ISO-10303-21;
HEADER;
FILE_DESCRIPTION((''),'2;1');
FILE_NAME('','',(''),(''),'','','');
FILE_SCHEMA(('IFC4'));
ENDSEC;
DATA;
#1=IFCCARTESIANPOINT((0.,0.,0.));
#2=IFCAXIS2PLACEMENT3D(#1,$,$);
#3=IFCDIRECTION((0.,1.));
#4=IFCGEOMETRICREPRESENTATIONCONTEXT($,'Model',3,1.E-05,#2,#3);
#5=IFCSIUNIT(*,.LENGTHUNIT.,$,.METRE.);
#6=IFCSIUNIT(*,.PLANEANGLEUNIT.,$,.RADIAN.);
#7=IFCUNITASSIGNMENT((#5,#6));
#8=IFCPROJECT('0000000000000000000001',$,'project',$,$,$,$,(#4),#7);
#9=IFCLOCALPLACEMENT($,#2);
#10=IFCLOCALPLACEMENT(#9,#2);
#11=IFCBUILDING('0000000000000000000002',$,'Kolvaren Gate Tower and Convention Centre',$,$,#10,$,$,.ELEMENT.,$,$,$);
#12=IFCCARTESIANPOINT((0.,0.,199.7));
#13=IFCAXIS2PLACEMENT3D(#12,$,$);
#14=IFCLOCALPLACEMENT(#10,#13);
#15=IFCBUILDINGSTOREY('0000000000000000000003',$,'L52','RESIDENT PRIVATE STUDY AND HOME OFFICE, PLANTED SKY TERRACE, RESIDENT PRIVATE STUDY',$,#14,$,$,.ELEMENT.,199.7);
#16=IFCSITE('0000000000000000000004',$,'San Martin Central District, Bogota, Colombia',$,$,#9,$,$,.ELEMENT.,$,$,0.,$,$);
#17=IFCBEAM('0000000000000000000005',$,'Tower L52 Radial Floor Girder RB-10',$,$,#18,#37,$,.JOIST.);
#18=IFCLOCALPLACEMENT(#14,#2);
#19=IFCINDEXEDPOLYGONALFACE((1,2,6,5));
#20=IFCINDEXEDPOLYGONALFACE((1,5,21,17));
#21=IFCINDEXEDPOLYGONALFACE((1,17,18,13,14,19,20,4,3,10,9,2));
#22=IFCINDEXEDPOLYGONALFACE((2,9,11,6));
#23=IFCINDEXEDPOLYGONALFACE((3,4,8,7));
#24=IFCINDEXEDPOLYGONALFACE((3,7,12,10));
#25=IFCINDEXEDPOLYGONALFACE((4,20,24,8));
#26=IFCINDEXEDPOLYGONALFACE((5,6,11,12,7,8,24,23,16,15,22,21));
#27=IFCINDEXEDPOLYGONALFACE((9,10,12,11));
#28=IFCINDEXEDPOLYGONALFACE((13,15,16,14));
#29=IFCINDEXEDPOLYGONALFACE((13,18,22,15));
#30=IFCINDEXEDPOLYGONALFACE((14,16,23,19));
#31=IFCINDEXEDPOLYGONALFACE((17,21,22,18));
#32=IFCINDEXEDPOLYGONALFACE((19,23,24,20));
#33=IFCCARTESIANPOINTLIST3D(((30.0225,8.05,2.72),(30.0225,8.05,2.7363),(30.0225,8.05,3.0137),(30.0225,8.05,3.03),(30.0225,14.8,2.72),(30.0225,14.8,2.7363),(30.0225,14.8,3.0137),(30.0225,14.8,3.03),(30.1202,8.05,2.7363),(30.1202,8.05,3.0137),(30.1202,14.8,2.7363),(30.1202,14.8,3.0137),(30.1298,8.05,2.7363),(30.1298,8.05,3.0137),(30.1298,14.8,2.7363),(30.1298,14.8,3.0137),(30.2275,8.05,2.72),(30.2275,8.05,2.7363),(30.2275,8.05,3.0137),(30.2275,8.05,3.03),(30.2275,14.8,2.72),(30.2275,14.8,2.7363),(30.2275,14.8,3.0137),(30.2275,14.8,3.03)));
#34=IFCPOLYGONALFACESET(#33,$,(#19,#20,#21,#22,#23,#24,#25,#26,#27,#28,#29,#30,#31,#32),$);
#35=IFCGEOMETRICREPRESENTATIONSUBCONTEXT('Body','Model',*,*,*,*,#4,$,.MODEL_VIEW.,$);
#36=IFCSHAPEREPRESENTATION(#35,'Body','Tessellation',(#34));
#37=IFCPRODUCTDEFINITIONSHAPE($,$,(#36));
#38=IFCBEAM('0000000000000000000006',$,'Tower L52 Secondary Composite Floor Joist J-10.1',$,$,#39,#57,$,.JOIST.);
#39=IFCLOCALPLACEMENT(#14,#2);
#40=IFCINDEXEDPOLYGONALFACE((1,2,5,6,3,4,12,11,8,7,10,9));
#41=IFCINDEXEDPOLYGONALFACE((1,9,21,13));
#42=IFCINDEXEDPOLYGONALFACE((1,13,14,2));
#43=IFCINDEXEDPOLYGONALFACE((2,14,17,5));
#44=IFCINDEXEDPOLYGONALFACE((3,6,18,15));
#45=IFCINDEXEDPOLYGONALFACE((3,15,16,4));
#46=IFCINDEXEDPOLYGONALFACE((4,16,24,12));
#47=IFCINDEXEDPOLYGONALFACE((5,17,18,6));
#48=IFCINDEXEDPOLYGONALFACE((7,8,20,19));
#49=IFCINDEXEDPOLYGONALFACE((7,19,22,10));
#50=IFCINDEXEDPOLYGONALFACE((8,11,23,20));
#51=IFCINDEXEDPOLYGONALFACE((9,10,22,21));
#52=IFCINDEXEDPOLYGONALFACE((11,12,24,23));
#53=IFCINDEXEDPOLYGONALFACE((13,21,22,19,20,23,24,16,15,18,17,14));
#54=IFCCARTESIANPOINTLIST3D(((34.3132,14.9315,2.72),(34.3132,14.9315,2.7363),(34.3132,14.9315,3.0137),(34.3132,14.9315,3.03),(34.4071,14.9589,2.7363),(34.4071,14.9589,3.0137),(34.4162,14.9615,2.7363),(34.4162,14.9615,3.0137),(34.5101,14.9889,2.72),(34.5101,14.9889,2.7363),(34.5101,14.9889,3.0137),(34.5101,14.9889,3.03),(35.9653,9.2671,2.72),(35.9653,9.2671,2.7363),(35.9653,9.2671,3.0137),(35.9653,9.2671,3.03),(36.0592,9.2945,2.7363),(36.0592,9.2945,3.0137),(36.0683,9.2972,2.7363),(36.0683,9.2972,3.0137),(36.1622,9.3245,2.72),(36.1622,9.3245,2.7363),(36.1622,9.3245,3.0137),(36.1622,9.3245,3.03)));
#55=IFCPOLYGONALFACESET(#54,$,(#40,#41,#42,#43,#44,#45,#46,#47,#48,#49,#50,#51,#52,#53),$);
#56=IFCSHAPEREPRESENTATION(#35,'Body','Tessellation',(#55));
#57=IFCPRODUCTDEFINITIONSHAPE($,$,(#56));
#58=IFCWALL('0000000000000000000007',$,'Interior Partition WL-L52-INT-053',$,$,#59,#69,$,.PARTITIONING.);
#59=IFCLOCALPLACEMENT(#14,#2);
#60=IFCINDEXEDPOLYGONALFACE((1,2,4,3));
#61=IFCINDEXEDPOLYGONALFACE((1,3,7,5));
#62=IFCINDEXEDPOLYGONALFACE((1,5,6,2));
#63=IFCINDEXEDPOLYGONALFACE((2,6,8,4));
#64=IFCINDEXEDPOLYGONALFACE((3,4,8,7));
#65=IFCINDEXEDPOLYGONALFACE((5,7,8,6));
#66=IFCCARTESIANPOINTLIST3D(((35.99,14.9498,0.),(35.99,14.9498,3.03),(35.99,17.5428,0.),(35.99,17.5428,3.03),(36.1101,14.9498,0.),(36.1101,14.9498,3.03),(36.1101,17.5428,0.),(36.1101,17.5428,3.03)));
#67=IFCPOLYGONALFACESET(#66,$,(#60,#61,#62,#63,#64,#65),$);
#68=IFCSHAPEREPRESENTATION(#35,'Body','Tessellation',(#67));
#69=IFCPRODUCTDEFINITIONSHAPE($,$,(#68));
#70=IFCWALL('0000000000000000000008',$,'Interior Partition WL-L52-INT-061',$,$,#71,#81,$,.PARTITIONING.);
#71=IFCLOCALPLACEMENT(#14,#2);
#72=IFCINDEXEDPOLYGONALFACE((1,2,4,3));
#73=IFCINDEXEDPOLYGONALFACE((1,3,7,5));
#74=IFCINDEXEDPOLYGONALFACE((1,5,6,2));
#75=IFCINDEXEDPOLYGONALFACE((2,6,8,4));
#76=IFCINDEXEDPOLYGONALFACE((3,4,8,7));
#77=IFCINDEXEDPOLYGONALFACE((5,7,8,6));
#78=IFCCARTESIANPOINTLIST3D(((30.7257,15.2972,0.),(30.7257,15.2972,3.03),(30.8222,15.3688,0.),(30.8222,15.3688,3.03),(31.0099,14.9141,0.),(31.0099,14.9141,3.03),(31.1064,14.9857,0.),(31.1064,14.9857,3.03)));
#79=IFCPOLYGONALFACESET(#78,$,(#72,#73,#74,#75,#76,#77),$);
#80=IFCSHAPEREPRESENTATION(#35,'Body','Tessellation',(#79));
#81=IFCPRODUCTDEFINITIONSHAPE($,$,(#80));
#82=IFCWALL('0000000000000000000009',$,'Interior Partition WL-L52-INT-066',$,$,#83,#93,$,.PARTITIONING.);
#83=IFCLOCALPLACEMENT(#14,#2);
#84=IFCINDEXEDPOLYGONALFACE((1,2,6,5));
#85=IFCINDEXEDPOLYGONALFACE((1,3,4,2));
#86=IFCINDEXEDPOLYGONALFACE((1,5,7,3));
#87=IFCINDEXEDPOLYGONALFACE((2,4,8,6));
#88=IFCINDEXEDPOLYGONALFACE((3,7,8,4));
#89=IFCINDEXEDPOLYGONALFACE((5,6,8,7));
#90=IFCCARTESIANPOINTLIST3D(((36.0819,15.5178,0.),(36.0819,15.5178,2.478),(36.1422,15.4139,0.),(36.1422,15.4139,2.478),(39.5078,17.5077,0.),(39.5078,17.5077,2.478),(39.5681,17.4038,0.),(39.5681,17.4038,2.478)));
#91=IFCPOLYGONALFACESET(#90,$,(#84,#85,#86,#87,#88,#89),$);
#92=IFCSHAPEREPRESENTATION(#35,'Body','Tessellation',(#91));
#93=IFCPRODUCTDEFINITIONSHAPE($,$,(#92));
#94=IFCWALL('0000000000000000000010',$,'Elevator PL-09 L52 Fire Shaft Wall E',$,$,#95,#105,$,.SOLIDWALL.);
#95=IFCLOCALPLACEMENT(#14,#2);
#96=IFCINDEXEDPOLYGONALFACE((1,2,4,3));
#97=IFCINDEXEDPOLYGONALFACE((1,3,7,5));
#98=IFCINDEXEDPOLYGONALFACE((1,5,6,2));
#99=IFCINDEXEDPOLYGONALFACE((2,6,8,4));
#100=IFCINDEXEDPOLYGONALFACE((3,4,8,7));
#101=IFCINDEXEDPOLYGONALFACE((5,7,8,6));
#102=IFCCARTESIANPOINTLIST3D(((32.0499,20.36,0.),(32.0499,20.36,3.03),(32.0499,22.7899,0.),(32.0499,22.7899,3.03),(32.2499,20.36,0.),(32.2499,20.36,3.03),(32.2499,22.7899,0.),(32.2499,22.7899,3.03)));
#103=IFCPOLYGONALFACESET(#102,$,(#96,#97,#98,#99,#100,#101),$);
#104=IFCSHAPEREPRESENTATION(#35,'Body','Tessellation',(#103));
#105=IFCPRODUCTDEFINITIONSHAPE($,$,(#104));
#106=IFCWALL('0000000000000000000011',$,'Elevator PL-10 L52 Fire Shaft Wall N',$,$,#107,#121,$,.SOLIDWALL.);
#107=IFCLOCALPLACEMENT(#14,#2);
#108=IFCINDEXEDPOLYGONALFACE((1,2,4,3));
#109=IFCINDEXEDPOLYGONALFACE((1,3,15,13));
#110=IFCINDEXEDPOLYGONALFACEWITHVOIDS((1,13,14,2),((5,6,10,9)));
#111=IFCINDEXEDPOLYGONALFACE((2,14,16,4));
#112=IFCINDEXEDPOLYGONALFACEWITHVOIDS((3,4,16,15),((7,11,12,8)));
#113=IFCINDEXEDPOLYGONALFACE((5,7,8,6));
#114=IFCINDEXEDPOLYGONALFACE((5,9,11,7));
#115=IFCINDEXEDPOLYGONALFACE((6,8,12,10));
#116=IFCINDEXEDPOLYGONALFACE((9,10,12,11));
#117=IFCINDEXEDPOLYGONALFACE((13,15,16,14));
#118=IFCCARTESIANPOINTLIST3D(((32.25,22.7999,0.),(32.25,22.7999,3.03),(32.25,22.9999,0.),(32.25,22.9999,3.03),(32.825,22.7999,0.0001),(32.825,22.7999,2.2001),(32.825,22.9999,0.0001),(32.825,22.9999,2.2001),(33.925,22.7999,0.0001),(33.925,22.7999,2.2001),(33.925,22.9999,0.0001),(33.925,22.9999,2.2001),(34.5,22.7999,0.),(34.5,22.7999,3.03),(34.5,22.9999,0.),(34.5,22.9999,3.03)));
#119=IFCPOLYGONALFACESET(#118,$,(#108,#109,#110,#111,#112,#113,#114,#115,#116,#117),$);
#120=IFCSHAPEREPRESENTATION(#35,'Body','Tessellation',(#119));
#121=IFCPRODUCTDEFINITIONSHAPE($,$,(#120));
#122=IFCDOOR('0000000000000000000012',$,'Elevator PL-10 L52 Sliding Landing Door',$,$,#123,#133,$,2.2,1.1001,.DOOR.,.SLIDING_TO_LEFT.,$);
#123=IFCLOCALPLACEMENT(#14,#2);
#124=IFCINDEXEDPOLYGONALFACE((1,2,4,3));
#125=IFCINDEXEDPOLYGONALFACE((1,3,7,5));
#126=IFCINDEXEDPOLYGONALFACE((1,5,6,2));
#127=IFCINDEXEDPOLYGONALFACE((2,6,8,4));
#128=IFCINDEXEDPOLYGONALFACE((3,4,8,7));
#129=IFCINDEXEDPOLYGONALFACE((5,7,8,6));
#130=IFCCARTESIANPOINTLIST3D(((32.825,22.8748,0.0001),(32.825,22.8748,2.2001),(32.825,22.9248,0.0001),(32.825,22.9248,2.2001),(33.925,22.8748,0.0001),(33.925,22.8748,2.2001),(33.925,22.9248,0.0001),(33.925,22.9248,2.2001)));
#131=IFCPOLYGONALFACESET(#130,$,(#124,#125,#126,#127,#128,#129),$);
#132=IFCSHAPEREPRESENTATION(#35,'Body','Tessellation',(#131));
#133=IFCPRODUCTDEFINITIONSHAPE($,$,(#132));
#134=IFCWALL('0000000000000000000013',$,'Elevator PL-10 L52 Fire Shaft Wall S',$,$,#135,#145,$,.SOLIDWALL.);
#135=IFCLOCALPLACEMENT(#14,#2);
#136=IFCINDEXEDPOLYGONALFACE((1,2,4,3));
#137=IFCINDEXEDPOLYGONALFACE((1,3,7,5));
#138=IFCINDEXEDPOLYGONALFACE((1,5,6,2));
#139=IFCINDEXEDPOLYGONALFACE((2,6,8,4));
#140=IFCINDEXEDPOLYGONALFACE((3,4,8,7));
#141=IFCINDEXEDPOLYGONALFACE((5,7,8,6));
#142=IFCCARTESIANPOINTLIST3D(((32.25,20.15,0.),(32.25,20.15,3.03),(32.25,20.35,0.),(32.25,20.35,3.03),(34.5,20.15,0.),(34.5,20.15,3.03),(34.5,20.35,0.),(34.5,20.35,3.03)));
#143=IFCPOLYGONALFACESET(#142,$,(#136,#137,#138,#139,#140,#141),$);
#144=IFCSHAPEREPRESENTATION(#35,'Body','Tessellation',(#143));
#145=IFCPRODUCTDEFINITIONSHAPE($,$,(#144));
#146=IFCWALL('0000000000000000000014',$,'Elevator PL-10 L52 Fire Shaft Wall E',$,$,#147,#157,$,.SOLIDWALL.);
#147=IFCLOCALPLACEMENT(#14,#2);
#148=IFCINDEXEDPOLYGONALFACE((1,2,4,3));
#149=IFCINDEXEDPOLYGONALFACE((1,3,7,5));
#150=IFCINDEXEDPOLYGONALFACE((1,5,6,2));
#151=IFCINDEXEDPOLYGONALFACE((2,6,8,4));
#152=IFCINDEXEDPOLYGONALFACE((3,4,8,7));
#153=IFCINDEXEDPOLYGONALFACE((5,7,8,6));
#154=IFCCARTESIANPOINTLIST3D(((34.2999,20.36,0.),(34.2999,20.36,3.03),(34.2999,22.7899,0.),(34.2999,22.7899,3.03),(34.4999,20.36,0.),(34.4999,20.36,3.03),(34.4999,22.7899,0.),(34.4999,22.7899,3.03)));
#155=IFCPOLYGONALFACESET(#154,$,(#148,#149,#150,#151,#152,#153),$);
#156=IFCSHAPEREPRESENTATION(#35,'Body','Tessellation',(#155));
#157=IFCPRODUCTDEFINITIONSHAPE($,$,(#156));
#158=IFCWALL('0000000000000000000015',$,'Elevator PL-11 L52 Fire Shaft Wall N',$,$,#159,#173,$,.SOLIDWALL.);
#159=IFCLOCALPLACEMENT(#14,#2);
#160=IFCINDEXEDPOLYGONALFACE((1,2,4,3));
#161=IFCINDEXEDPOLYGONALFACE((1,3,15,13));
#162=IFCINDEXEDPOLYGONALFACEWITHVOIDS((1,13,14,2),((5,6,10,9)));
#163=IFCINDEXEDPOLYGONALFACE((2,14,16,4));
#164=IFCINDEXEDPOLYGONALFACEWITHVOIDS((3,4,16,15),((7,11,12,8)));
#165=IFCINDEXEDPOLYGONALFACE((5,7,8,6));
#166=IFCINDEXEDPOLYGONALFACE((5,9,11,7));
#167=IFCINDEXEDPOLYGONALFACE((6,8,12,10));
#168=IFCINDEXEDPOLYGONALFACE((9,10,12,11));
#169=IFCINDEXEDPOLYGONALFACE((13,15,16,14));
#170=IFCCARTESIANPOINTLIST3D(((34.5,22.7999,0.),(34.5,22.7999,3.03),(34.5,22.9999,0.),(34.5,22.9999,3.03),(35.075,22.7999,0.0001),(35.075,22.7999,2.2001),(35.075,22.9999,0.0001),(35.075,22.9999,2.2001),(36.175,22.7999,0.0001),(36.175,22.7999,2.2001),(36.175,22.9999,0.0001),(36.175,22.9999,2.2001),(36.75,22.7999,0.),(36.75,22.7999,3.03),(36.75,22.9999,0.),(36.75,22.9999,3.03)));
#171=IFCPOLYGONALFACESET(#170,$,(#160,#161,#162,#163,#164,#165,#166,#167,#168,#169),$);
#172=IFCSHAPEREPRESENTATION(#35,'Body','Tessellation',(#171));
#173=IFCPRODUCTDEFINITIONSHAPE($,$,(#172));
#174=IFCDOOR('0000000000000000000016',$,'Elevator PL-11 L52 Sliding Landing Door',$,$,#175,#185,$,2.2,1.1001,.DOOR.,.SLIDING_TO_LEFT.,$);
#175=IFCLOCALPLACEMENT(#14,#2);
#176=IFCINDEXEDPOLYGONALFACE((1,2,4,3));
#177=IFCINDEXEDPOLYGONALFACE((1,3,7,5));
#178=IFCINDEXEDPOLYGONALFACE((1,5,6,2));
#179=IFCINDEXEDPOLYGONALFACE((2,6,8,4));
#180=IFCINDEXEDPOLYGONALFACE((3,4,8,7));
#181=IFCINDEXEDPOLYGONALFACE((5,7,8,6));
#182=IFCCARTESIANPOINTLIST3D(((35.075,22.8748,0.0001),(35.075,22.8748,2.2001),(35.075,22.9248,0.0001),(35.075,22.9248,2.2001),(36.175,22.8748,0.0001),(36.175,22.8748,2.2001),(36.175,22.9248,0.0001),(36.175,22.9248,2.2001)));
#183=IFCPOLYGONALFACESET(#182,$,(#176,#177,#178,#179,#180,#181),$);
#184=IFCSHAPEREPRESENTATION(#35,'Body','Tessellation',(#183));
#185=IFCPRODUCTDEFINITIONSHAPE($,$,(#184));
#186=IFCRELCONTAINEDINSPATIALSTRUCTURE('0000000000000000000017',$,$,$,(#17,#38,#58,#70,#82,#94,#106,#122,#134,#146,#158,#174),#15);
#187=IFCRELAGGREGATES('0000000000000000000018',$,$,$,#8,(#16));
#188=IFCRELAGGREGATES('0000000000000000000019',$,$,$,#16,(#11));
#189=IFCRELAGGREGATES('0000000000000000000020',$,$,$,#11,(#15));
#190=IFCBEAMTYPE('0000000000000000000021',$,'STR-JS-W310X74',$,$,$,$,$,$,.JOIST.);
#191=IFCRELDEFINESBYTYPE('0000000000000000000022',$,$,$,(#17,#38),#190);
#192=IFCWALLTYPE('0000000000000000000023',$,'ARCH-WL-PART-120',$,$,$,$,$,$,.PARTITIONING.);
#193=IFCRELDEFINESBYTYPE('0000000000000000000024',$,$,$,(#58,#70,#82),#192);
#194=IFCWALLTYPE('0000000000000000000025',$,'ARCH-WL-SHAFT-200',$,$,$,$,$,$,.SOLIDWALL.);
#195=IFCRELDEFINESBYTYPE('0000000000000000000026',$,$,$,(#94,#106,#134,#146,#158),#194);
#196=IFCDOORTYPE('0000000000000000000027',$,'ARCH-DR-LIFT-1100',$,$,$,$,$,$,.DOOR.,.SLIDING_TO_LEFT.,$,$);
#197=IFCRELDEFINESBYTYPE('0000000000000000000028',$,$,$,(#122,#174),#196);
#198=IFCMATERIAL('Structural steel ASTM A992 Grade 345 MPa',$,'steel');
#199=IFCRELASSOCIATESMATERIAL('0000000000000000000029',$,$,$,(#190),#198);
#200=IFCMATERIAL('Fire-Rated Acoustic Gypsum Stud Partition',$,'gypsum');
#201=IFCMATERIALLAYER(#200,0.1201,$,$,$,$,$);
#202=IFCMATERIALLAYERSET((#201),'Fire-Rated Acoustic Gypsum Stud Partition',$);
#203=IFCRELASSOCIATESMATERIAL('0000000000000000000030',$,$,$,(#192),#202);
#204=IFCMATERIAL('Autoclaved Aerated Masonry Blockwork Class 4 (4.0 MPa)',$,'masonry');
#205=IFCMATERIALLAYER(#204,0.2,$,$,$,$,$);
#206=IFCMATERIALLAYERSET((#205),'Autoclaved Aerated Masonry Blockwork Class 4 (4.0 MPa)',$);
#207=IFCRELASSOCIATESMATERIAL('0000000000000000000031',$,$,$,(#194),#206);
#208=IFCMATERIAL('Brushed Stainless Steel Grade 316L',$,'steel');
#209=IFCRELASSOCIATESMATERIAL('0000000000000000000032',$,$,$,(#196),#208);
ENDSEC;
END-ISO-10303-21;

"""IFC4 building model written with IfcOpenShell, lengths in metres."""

from ifc_helpers import new_model, si_unit, direction, frame, frame_2d, origin, origin_2d, place, context, subcontext, project, spatial, rectangle, i_section, extrude, material, layer, layer_set, material_profile, profile_set, type_object, element, fill, save


model = new_model("IFC4")

# Units and contexts
model_context = context("Model", 3, precision=1e-05, world=origin(), true_north=direction((0.0, 1.0)))
body_context = subcontext(model_context, "Body", "Model", "MODEL_VIEW")
ifc_project = project(units=[si_unit("LENGTHUNIT", "METRE"), si_unit("PLANEANGLEUNIT", "RADIAN")], contexts=[model_context])

# Site, building, storey
site_placement = place(None, origin())
site = spatial("IfcSite", under=ifc_project, at=site_placement, Name="San Martin Central District, Bogota, Colombia", CompositionType="ELEMENT", RefElevation=0.0)
building_placement = place(site_placement, origin())
building = spatial("IfcBuilding", under=site, at=building_placement, Name="Kolvaren Gate Tower and Convention Centre", CompositionType="ELEMENT")
storey_placement = place(building_placement, frame((0.0, 0.0, 199.7)))
storey = spatial("IfcBuildingStorey", under=building, at=storey_placement, Name="L52", Description="RESIDENT PRIVATE STUDY AND HOME OFFICE, PLANTED SKY TERRACE, RESIDENT PRIVATE STUDY", CompositionType="ELEMENT", Elevation=199.7)

# Beams
ifc_material_1 = material(Name="Structural steel ASTM A992 Grade 345 MPa", Category="steel")
ifc_material_profile = material_profile(ifc_material_1, i_section(OverallWidth=0.2051, OverallDepth=0.3101, WebThickness=0.0095, FlangeThickness=0.0164, at=origin_2d()), Name="W310X74")
ifc_profile_set = profile_set([ifc_material_profile], Name="Structural steel ASTM A992 Grade 345 MPa")
beam_type = type_object("IfcBeamType", Name="STR-JS-W310X74", PredefinedType="JOIST", material=ifc_profile_set)
beam_1_placement = place(storey_placement, frame((30.125, 14.8, 2.875), z_axis=(0.0, -1.0, 0.0), x_axis=(1.0, 0.0, 0.0)))
element("IfcBeam", 1, at=beam_1_placement, inside=storey, type_object=beam_type, Name="Tower L52 Radial Floor Girder RB-10", PredefinedType="JOIST", context=body_context, shape_type="SweptSolid", body=[
    extrude(i_section(OverallWidth=0.2051, OverallDepth=0.3101, WebThickness=0.0095, FlangeThickness=0.0164, at=origin_2d()), origin(), (0.0, 0.0, 1.0), 6.75),
])
beam_2_placement = place(storey_placement, frame((34.4116, 14.9602, 2.875), z_axis=(0.280002, -0.96, 0.0), x_axis=(0.96, 0.280002, 0.0)))
element("IfcBeam", 2, at=beam_2_placement, inside=storey, type_object=beam_type, Name="Tower L52 Secondary Composite Floor Joist J-10.1", PredefinedType="JOIST", context=body_context, shape_type="SweptSolid", body=[
    extrude(i_section(OverallWidth=0.2051, OverallDepth=0.3101, WebThickness=0.0095, FlangeThickness=0.0164, at=origin_2d()), origin(), (0.0, 0.0, 1.0), 5.9004),
])

# Walls
ifc_material_2 = material(Name="Fire-Rated Acoustic Gypsum Stud Partition", Category="gypsum")
ifc_layer_1 = layer(ifc_material_2, 0.1201)
ifc_layer_set_1 = layer_set([ifc_layer_1], Name="Fire-Rated Acoustic Gypsum Stud Partition")
wall_type_1 = type_object("IfcWallType", Name="ARCH-WL-PART-120", PredefinedType="PARTITIONING", material=ifc_layer_set_1)
wall_1_placement = place(storey_placement, frame((36.05, 14.95, 0.0), z_axis=(0.0, 0.0, 1.0), x_axis=(0.0, 1.0, 0.0)))
element("IfcWall", 3, at=wall_1_placement, inside=storey, type_object=wall_type_1, Name="Interior Partition WL-L52-INT-053", PredefinedType="PARTITIONING", context=body_context, shape_type="SweptSolid", body=[
    extrude(rectangle(XDim=2.593, YDim=0.1201, at=frame_2d((1.2964, 0.0))), origin(), (0.0, 0.0, 1.0), 3.03),
])
wall_2_placement = place(storey_placement, frame((30.7739, 15.333, 0.0), z_axis=(0.0, 0.0, 1.0), x_axis=(0.595815, -0.803122, 0.0)))
element("IfcWall", 4, at=wall_2_placement, inside=storey, type_object=wall_type_1, Name="Interior Partition WL-L52-INT-061", PredefinedType="PARTITIONING", context=body_context, shape_type="SweptSolid", body=[
    extrude(rectangle(XDim=0.4771, YDim=0.1201, at=frame_2d((0.2385, 0.0))), origin(), (0.0, 0.0, 1.0), 3.03),
])
wall_3_placement = place(storey_placement, frame((36.1121, 15.4658, 0.0), z_axis=(0.0, 0.0, 1.0), x_axis=(0.864714, 0.502265, 0.0)))
element("IfcWall", 5, at=wall_3_placement, inside=storey, type_object=wall_type_1, Name="Interior Partition WL-L52-INT-066", PredefinedType="PARTITIONING", context=body_context, shape_type="SweptSolid", body=[
    extrude(rectangle(XDim=3.9619, YDim=0.1201, at=frame_2d((1.981, 0.0))), origin(), (0.0, 0.0, 1.0), 2.478),
])
ifc_material_3 = material(Name="Autoclaved Aerated Masonry Blockwork Class 4 (4.0 MPa)", Category="masonry")
ifc_layer_2 = layer(ifc_material_3, 0.2)
ifc_layer_set_2 = layer_set([ifc_layer_2], Name="Autoclaved Aerated Masonry Blockwork Class 4 (4.0 MPa)")
wall_type_2 = type_object("IfcWallType", Name="ARCH-WL-SHAFT-200", PredefinedType="SOLIDWALL", material=ifc_layer_set_2)
wall_4_placement = place(storey_placement, frame((32.1499, 20.3601, 0.0), z_axis=(0.0, 0.0, 1.0), x_axis=(0.0, 1.0, 0.0)))
element("IfcWall", 6, at=wall_4_placement, inside=storey, type_object=wall_type_2, Name="Elevator PL-09 L52 Fire Shaft Wall E", PredefinedType="SOLIDWALL", context=body_context, shape_type="SweptSolid", body=[
    extrude(rectangle(XDim=2.4299, YDim=0.2, at=frame_2d((1.2148, 0.0))), origin(), (0.0, 0.0, 1.0), 3.03),
])

# Wall, opening, door
wall_5_placement = place(storey_placement, frame((32.25, 22.8999, 0.0), z_axis=(0.0, 0.0, 1.0), x_axis=(1.0, 0.0, 0.0)))
wall_5 = element("IfcWall", 7, at=wall_5_placement, inside=storey, type_object=wall_type_2, Name="Elevator PL-10 L52 Fire Shaft Wall N", PredefinedType="SOLIDWALL", context=body_context, shape_type="SweptSolid", body=[
    extrude(rectangle(XDim=2.25, YDim=0.2, at=frame_2d((1.125, 0.0))), origin(), (0.0, 0.0, 1.0), 3.03),
])
opening_1_placement = place(wall_5_placement, frame((0.575, 0.0, 0.0)))
opening_1 = element("IfcOpeningElement", 8, at=opening_1_placement, cuts=wall_5, PredefinedType="OPENING", context=body_context, shape_type="SweptSolid", body=[
    extrude(rectangle(XDim=1.1001, YDim=2.2, at=frame_2d((0.55, 1.1001))), frame((0.0, 0.1099, 0.0), z_axis=(0.0, -1.0, 0.0), x_axis=(1.0, 0.0, 0.0)), (0.0, 0.0, 1.0), 0.22),
])
ifc_material_4 = material(Name="Brushed Stainless Steel Grade 316L", Category="steel")
door_type_1 = type_object("IfcDoorType", Name="ARCH-DR-LIFT-1100", OperationType="SLIDING_TO_LEFT", PredefinedType="DOOR", material=ifc_material_4)
door_1_placement = place(opening_1_placement, origin())
door_1 = element("IfcDoor", 9, at=door_1_placement, inside=storey, type_object=door_type_1, Name="Elevator PL-10 L52 Sliding Landing Door", OperationType="SLIDING_TO_LEFT", OverallHeight=2.2, OverallWidth=1.1001, PredefinedType="DOOR", context=body_context, shape_type="SweptSolid", body=[
    extrude(rectangle(XDim=1.1001, YDim=2.2, at=frame_2d((0.55, 1.1001))), frame((0.0, 0.0249, 0.0), z_axis=(0.0, -1.0, 0.0), x_axis=(1.0, 0.0, 0.0)), (0.0, 0.0, 1.0), 0.05),
])
fill(opening_1, door_1)

# Walls
wall_6_placement = place(storey_placement, frame((32.25, 20.25, 0.0), z_axis=(0.0, 0.0, 1.0), x_axis=(1.0, 0.0, 0.0)))
element("IfcWall", 10, at=wall_6_placement, inside=storey, type_object=wall_type_2, Name="Elevator PL-10 L52 Fire Shaft Wall S", PredefinedType="SOLIDWALL", context=body_context, shape_type="SweptSolid", body=[
    extrude(rectangle(XDim=2.25, YDim=0.2, at=frame_2d((1.125, 0.0))), origin(), (0.0, 0.0, 1.0), 3.03),
])
wall_7_placement = place(storey_placement, frame((34.3999, 20.3601, 0.0), z_axis=(0.0, 0.0, 1.0), x_axis=(0.0, 1.0, 0.0)))
element("IfcWall", 11, at=wall_7_placement, inside=storey, type_object=wall_type_2, Name="Elevator PL-10 L52 Fire Shaft Wall E", PredefinedType="SOLIDWALL", context=body_context, shape_type="SweptSolid", body=[
    extrude(rectangle(XDim=2.4299, YDim=0.2, at=frame_2d((1.2148, 0.0))), origin(), (0.0, 0.0, 1.0), 3.03),
])

# Wall, opening, door
wall_8_placement = place(storey_placement, frame((34.5, 22.8999, 0.0), z_axis=(0.0, 0.0, 1.0), x_axis=(1.0, 0.0, 0.0)))
wall_8 = element("IfcWall", 12, at=wall_8_placement, inside=storey, type_object=wall_type_2, Name="Elevator PL-11 L52 Fire Shaft Wall N", PredefinedType="SOLIDWALL", context=body_context, shape_type="SweptSolid", body=[
    extrude(rectangle(XDim=2.25, YDim=0.2, at=frame_2d((1.125, 0.0))), origin(), (0.0, 0.0, 1.0), 3.03),
])
opening_2_placement = place(wall_8_placement, frame((0.575, 0.0, 0.0)))
opening_2 = element("IfcOpeningElement", 13, at=opening_2_placement, cuts=wall_8, PredefinedType="OPENING", context=body_context, shape_type="SweptSolid", body=[
    extrude(rectangle(XDim=1.1001, YDim=2.2, at=frame_2d((0.55, 1.1001))), frame((0.0, 0.1099, 0.0), z_axis=(0.0, -1.0, 0.0), x_axis=(1.0, 0.0, 0.0)), (0.0, 0.0, 1.0), 0.22),
])
door_2_placement = place(opening_2_placement, origin())
door_2 = element("IfcDoor", 14, at=door_2_placement, inside=storey, type_object=door_type_1, Name="Elevator PL-11 L52 Sliding Landing Door", OperationType="SLIDING_TO_LEFT", OverallHeight=2.2, OverallWidth=1.1001, PredefinedType="DOOR", context=body_context, shape_type="SweptSolid", body=[
    extrude(rectangle(XDim=1.1001, YDim=2.2, at=frame_2d((0.55, 1.1001))), frame((0.0, 0.0249, 0.0), z_axis=(0.0, -1.0, 0.0), x_axis=(1.0, 0.0, 0.0)), (0.0, 0.0, 1.0), 0.05),
])
fill(opening_2, door_2)

save(model, "model.ifc")
